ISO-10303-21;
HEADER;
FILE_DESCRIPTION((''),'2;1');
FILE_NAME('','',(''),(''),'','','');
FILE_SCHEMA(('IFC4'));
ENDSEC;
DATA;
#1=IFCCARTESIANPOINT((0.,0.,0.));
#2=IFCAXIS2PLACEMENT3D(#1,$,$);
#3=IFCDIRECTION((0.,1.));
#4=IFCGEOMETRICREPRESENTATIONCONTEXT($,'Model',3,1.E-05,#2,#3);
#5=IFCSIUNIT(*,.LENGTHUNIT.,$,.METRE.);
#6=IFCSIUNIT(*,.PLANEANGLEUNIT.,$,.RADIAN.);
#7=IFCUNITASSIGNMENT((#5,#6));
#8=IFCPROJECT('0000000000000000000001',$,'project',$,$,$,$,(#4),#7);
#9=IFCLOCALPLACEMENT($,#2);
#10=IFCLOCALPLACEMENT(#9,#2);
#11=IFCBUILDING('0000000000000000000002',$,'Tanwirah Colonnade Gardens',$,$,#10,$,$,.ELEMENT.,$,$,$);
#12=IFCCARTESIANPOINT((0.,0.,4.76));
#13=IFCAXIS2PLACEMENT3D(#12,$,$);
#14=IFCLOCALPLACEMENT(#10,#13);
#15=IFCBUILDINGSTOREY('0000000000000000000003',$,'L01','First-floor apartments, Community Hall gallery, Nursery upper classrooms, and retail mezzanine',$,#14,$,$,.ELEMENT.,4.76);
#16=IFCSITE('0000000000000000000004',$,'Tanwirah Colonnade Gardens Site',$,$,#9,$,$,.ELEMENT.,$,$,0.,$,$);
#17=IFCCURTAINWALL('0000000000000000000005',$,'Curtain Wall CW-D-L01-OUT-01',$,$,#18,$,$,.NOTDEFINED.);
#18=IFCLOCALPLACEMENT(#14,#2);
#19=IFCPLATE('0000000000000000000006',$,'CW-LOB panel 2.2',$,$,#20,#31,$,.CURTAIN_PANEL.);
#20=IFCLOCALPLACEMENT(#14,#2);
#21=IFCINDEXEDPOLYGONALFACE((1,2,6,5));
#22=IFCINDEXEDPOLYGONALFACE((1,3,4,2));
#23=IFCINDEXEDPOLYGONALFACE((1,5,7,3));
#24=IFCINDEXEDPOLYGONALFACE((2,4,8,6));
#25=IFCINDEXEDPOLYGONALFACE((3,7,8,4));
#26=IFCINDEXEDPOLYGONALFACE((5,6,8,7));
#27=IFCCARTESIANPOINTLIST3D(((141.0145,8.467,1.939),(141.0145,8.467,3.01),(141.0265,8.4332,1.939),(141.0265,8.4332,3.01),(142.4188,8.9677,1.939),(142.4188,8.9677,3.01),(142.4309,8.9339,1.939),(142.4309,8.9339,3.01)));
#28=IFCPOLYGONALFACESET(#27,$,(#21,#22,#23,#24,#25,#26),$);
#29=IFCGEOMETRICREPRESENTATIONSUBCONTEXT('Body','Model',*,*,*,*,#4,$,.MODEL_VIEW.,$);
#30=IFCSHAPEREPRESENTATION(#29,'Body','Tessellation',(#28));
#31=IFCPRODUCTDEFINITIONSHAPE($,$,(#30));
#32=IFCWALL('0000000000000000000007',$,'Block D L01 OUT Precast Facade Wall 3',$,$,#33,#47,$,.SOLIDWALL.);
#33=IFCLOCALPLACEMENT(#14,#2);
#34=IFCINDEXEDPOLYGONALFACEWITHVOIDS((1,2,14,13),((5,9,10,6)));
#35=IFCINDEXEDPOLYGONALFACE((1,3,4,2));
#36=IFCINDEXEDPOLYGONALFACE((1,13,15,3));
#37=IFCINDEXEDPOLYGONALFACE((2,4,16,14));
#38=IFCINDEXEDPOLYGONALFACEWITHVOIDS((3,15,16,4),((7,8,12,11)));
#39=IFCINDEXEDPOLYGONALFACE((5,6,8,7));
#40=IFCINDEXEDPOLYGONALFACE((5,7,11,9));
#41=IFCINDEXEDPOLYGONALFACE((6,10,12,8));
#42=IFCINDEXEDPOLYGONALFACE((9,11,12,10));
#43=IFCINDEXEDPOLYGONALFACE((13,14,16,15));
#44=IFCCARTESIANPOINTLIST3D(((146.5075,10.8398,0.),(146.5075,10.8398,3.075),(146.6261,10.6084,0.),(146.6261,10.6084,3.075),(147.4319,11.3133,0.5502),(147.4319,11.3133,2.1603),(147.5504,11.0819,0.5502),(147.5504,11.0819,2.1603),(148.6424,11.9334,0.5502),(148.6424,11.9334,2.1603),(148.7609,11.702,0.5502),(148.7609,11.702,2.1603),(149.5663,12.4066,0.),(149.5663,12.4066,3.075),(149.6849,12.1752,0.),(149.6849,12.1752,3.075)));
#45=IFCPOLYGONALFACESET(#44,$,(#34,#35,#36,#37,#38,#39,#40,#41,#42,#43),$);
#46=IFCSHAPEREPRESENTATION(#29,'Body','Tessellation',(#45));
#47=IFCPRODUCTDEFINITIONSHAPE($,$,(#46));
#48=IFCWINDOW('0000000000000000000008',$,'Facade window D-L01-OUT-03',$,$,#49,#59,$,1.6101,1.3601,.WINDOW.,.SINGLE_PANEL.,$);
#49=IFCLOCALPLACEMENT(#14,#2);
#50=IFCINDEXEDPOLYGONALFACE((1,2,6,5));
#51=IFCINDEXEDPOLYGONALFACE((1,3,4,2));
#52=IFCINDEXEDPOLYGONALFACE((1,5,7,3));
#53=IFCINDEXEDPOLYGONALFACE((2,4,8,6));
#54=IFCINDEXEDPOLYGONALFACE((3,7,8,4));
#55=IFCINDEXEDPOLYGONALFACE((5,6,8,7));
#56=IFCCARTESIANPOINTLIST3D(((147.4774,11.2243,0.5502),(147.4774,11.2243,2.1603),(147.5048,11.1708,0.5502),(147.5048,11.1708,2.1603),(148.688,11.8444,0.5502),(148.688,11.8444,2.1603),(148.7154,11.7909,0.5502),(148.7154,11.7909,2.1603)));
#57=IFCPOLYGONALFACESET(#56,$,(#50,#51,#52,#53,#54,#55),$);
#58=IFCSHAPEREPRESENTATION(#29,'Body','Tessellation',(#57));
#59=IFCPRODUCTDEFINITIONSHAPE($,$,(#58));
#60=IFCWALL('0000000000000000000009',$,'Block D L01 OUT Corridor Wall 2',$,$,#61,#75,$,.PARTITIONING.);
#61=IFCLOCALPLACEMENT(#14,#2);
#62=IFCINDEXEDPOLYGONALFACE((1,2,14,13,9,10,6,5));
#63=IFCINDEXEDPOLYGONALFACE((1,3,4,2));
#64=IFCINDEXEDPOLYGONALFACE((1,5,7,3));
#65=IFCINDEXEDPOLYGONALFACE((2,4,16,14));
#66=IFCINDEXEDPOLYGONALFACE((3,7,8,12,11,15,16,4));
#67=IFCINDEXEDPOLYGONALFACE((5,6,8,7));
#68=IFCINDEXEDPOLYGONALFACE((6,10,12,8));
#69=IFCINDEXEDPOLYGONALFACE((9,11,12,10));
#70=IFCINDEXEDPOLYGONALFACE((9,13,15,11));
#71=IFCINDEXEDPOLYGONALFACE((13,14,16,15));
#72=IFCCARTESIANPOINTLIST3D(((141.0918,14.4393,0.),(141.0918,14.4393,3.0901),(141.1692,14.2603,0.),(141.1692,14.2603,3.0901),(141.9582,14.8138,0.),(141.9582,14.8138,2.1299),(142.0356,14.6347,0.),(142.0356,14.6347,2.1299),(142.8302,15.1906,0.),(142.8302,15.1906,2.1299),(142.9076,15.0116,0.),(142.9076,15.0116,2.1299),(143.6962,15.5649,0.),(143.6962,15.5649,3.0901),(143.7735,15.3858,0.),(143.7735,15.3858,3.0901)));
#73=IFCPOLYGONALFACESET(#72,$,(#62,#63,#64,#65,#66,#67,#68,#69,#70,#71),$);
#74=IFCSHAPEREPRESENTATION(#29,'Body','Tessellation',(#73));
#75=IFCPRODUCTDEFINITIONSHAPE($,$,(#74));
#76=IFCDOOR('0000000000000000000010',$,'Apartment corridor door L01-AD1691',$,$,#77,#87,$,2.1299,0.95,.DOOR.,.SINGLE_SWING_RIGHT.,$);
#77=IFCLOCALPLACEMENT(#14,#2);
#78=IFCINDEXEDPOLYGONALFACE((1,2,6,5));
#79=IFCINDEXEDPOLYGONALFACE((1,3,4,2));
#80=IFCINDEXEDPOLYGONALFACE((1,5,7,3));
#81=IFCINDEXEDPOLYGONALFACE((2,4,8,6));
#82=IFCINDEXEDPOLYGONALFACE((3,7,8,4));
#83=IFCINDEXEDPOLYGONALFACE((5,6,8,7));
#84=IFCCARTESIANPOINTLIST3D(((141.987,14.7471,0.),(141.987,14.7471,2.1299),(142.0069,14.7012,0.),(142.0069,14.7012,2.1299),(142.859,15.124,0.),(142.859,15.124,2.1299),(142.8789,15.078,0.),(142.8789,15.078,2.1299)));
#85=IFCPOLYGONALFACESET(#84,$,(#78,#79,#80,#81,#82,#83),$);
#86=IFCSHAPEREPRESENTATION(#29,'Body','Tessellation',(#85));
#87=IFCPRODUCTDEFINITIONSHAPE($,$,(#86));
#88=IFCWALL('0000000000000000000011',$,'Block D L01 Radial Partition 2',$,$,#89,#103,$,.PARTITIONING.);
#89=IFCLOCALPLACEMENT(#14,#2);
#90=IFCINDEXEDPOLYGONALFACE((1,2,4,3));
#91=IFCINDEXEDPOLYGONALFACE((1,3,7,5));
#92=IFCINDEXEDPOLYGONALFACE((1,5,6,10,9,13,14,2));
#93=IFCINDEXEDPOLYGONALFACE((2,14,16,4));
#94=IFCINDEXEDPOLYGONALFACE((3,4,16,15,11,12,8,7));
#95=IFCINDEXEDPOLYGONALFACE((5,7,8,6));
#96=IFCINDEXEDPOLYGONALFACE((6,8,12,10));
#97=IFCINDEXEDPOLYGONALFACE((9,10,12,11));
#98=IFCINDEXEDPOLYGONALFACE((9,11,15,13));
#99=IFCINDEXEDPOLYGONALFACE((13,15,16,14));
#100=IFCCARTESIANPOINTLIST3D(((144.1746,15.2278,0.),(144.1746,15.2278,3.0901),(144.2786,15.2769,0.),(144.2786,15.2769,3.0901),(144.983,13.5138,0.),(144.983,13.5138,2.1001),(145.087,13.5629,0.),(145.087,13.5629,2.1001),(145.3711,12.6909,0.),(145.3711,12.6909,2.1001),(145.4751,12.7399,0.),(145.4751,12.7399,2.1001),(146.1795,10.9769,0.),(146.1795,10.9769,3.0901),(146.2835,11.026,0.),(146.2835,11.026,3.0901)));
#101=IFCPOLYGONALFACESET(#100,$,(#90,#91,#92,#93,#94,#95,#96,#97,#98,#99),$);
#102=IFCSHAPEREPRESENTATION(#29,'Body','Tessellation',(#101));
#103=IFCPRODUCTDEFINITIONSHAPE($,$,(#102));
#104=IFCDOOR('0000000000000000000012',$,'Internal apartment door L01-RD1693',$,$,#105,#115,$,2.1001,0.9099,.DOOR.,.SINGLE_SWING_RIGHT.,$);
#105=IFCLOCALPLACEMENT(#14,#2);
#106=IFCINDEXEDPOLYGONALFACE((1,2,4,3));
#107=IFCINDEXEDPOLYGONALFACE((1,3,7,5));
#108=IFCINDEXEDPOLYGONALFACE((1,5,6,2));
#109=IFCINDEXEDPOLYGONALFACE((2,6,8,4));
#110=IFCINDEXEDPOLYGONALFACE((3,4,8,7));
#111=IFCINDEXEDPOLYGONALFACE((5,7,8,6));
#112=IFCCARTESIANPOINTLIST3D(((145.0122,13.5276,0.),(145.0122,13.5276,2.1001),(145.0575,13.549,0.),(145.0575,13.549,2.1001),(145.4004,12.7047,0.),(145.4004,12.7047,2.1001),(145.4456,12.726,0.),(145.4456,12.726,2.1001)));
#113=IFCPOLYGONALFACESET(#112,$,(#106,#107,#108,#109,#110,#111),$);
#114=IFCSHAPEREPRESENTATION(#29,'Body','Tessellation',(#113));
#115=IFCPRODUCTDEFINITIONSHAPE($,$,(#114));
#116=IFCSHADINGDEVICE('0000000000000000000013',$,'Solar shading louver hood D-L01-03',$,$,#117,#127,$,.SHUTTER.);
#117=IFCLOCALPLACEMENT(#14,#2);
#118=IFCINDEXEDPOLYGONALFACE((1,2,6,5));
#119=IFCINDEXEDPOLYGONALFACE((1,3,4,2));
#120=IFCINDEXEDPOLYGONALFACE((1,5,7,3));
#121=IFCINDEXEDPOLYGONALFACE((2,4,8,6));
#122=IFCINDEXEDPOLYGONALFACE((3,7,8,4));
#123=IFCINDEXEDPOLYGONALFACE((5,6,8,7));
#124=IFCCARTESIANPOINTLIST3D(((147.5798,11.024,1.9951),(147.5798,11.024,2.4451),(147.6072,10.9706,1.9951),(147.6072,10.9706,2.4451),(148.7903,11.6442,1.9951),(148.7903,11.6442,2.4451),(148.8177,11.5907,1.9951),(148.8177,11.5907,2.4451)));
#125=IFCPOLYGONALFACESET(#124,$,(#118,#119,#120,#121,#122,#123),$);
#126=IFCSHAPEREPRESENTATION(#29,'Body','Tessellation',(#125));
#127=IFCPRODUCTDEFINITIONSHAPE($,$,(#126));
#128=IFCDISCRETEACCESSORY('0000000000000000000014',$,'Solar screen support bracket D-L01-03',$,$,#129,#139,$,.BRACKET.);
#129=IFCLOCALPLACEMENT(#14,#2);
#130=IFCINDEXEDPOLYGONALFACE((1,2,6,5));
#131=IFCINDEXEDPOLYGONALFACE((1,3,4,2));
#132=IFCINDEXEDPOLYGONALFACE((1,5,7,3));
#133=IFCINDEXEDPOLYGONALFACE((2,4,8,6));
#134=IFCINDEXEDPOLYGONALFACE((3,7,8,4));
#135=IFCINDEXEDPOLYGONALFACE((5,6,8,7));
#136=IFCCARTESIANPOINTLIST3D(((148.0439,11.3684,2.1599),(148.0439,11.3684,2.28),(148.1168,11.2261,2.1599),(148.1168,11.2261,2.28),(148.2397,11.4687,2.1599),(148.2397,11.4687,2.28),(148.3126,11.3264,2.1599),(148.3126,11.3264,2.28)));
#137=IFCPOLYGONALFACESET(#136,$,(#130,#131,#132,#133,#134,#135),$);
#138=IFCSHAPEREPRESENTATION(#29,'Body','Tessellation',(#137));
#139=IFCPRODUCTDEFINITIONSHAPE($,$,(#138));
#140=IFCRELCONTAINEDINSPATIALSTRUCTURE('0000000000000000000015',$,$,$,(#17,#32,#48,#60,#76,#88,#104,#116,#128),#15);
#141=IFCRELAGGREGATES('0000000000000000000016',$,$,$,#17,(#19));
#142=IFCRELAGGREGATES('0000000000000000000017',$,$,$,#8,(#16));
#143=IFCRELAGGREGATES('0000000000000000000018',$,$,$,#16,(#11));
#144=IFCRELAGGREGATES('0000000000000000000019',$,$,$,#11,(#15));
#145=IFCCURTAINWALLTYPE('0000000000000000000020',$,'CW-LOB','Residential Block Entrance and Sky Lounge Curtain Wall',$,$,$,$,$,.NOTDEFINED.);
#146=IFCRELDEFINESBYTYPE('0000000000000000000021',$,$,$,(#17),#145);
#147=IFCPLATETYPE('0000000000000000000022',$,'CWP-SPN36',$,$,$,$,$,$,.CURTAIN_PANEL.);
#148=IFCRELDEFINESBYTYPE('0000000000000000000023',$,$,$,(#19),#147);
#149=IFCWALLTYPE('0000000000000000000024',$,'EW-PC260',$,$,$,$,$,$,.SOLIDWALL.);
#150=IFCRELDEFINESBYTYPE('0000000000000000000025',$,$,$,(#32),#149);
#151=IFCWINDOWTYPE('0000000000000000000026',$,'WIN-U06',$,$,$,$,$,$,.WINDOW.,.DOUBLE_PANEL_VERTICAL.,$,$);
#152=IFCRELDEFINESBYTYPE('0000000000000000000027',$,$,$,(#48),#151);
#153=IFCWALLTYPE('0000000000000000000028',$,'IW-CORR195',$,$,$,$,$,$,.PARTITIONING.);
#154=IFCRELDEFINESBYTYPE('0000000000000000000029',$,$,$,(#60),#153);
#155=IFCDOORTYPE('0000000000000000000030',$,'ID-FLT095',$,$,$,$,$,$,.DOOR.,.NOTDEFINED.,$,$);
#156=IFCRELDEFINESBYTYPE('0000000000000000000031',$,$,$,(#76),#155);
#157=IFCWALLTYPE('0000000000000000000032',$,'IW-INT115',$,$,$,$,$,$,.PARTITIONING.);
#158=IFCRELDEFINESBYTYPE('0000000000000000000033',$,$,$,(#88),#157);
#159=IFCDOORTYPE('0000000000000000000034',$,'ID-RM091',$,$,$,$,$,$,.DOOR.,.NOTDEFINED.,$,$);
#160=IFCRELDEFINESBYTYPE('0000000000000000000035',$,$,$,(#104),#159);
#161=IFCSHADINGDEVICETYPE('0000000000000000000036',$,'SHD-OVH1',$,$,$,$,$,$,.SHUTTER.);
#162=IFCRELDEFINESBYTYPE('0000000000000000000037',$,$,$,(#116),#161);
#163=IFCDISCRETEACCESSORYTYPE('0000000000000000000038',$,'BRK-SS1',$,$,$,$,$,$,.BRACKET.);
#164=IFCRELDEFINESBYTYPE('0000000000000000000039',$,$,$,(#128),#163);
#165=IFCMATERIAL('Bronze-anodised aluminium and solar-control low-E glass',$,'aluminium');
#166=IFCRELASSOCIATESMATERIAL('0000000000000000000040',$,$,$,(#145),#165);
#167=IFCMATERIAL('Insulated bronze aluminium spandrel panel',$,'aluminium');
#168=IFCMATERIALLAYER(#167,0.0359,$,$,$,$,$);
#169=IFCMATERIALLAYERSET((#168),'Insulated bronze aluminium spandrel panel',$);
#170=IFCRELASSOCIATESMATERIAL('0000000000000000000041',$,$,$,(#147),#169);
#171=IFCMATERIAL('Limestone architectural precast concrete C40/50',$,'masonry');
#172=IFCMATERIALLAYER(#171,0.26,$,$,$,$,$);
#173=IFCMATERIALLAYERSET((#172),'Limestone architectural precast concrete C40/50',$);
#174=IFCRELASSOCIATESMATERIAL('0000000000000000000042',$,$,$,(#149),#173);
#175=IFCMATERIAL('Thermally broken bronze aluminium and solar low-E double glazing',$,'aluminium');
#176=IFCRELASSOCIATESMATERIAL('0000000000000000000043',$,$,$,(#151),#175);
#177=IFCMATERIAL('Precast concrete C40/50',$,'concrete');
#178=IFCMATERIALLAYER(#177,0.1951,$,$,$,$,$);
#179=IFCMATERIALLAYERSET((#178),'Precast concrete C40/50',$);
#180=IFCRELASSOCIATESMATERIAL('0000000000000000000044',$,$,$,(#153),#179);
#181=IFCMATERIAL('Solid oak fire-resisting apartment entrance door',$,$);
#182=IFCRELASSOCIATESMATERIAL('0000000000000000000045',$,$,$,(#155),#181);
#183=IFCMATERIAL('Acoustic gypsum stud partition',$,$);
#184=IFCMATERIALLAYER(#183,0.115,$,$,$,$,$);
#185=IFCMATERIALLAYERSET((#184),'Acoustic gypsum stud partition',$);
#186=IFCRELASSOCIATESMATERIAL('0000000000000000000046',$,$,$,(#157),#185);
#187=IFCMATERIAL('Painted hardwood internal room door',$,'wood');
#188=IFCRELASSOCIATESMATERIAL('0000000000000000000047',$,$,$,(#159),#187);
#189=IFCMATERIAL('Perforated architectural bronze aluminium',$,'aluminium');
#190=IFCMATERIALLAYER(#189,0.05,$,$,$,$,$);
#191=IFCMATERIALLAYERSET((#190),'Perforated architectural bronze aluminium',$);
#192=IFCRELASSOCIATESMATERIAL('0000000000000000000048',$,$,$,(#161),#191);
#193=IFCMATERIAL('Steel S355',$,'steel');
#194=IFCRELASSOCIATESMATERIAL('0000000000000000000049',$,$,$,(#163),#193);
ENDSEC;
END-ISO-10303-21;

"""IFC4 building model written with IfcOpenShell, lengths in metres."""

from ifc_helpers import new_model, si_unit, direction, frame, frame_2d, origin, origin_2d, place, context, subcontext, project, spatial, rectangle, extrude, material, layer, layer_set, type_object, element, fill, aggregate, save


model = new_model("IFC4")

# Units and contexts
model_context = context("Model", 3, precision=1e-05, world=origin(), true_north=direction((0.0, 1.0)))
body_context = subcontext(model_context, "Body", "Model", "MODEL_VIEW")
ifc_project = project(units=[si_unit("LENGTHUNIT", "METRE"), si_unit("PLANEANGLEUNIT", "RADIAN")], contexts=[model_context])

# Site, building, storey
site_placement = place(None, origin())
site = spatial("IfcSite", under=ifc_project, at=site_placement, Name="Tanwirah Colonnade Gardens Site", CompositionType="ELEMENT", RefElevation=0.0)
building_placement = place(site_placement, origin())
building = spatial("IfcBuilding", under=site, at=building_placement, Name="Tanwirah Colonnade Gardens", CompositionType="ELEMENT")
storey_placement = place(building_placement, frame((0.0, 0.0, 4.76)))
storey = spatial("IfcBuildingStorey", under=building, at=storey_placement, Name="L01", Description="First-floor apartments, Community Hall gallery, Nursery upper classrooms, and retail mezzanine", CompositionType="ELEMENT", Elevation=4.76)

# Curtain wall
ifc_material_1 = material(Name="Bronze-anodised aluminium and solar-control low-E glass", Category="aluminium")
curtain_wall_type = type_object("IfcCurtainWallType", Name="CW-LOB", Description="Residential Block Entrance and Sky Lounge Curtain Wall", PredefinedType="NOTDEFINED", material=ifc_material_1)
curtain_wall_placement = place(storey_placement, origin())
curtain_wall = element("IfcCurtainWall", 1, at=curtain_wall_placement, inside=storey, type_object=curtain_wall_type, Name="Curtain Wall CW-D-L01-OUT-01", PredefinedType="NOTDEFINED")

# Shared definitions
ifc_material_2 = material(Name="Precast concrete C40/50", Category="concrete")

# Plate
ifc_material_3 = material(Name="Insulated bronze aluminium spandrel panel", Category="aluminium")
ifc_layer_1 = layer(ifc_material_3, 0.0359)
ifc_layer_set_1 = layer_set([ifc_layer_1], Name="Insulated bronze aluminium spandrel panel")
plate_type = type_object("IfcPlateType", Name="CWP-SPN36", PredefinedType="CURTAIN_PANEL", material=ifc_layer_set_1)
plate_1_placement = place(storey_placement, frame((141.7227, 8.7004, 1.939), z_axis=(0.0, 0.0, 1.0), x_axis=(0.941911, 0.335862, 0.0)))
plate_1 = element("IfcPlate", 2, at=plate_1_placement, type_object=plate_type, Name="CW-LOB panel 2.2", PredefinedType="CURTAIN_PANEL", context=body_context, shape_type="SweptSolid", body=[
    extrude(rectangle(XDim=1.491, YDim=0.0359, at=origin_2d()), origin(), (0.0, 0.0, 1.0), 1.071),
])
aggregate(curtain_wall, [plate_1])

# Shared definitions
ifc_material_4 = material(Name="Limestone architectural precast concrete C40/50", Category="masonry")
ifc_layer_2 = layer(ifc_material_4, 0.26)
ifc_layer_set_2 = layer_set([ifc_layer_2], Name="Limestone architectural precast concrete C40/50")
wall_type_1 = type_object("IfcWallType", Name="EW-PC260", PredefinedType="SOLIDWALL", material=ifc_layer_set_2)

# Wall, opening, window
wall_1_placement = place(storey_placement, frame((146.5669, 10.7241, 0.0), z_axis=(0.0, 0.0, 1.0), x_axis=(0.890023, 0.455916, 0.0)))
wall_1 = element("IfcWall", 3, at=wall_1_placement, inside=storey, type_object=wall_type_1, Name="Block D L01 OUT Precast Facade Wall 3", PredefinedType="SOLIDWALL", context=body_context, shape_type="SweptSolid", body=[
    extrude(rectangle(XDim=3.4368, YDim=0.26, at=frame_2d((1.7183, 0.0))), origin(), (0.0, 0.0, 1.0), 3.075),
])
opening_1_placement = place(wall_1_placement, frame((1.0383, 0.0, 0.55)))
opening_1 = element("IfcOpeningElement", 4, at=opening_1_placement, cuts=wall_1, PredefinedType="OPENING", context=body_context, shape_type="SweptSolid", body=[
    extrude(rectangle(XDim=1.3601, YDim=1.6101, at=frame_2d((0.6802, 0.8052))), frame((0.0, 0.1399, 0.0), z_axis=(0.0, -1.0, 0.0), x_axis=(1.0, 0.0, 0.0)), (0.0, 0.0, 1.0), 0.28),
])
ifc_material_5 = material(Name="Thermally broken bronze aluminium and solar low-E double glazing", Category="aluminium")
window_type = type_object("IfcWindowType", Name="WIN-U06", PartitioningType="DOUBLE_PANEL_VERTICAL", PredefinedType="WINDOW", material=ifc_material_5)
window_placement = place(opening_1_placement, origin())
window = element("IfcWindow", 5, at=window_placement, inside=storey, type_object=window_type, Name="Facade window D-L01-OUT-03", OverallHeight=1.6101, OverallWidth=1.3601, PartitioningType="SINGLE_PANEL", PredefinedType="WINDOW", context=body_context, shape_type="SweptSolid", body=[
    extrude(rectangle(XDim=1.3601, YDim=1.6101, at=frame_2d((0.6802, 0.8052))), frame((0.0, 0.03, 0.0), z_axis=(0.0, -1.0, 0.0), x_axis=(1.0, 0.0, 0.0)), (0.0, 0.0, 1.0), 0.0601),
])
fill(opening_1, window)

# Walls, openings, doors
ifc_layer_3 = layer(ifc_material_2, 0.1951)
ifc_layer_set_3 = layer_set([ifc_layer_3], Name="Precast concrete C40/50")
wall_type_2 = type_object("IfcWallType", Name="IW-CORR195", PredefinedType="PARTITIONING", material=ifc_layer_set_3)
wall_2_placement = place(storey_placement, frame((141.1306, 14.3499, 0.0), z_axis=(0.0, 0.0, 1.0), x_axis=(0.917943, 0.396711, 0.0)))
wall_2 = element("IfcWall", 6, at=wall_2_placement, inside=storey, type_object=wall_type_2, Name="Block D L01 OUT Corridor Wall 2", PredefinedType="PARTITIONING", context=body_context, shape_type="SweptSolid", body=[
    extrude(rectangle(XDim=2.8372, YDim=0.1951, at=frame_2d((1.4185, 0.0))), origin(), (0.0, 0.0, 1.0), 3.0901),
])
opening_2_placement = place(wall_2_placement, frame((0.9436, 0.0, 0.0)))
opening_2 = element("IfcOpeningElement", 7, at=opening_2_placement, cuts=wall_2, PredefinedType="OPENING", context=body_context, shape_type="SweptSolid", body=[
    extrude(rectangle(XDim=0.95, YDim=2.1299, at=frame_2d((0.4751, 1.0649))), frame((0.0, 0.1074, 0.0), z_axis=(0.0, -1.0, 0.0), x_axis=(1.0, 0.0, 0.0)), (0.0, 0.0, 1.0), 0.2151),
])
ifc_material_6 = material(Name="Solid oak fire-resisting apartment entrance door")
door_type_1 = type_object("IfcDoorType", Name="ID-FLT095", OperationType="NOTDEFINED", PredefinedType="DOOR", material=ifc_material_6)
door_1_placement = place(opening_2_placement, origin())
door_1 = element("IfcDoor", 8, at=door_1_placement, inside=storey, type_object=door_type_1, Name="Apartment corridor door L01-AD1691", OperationType="SINGLE_SWING_RIGHT", OverallHeight=2.1299, OverallWidth=0.95, PredefinedType="DOOR", context=body_context, shape_type="SweptSolid", body=[
    extrude(rectangle(XDim=0.95, YDim=2.1299, at=frame_2d((0.4751, 1.0649))), frame((0.0, 0.0249, 0.0), z_axis=(0.0, -1.0, 0.0), x_axis=(1.0, 0.0, 0.0)), (0.0, 0.0, 1.0), 0.05),
])
fill(opening_2, door_1)
ifc_material_7 = material(Name="Acoustic gypsum stud partition")
ifc_layer_4 = layer(ifc_material_7, 0.115)
ifc_layer_set_4 = layer_set([ifc_layer_4], Name="Acoustic gypsum stud partition")
wall_type_3 = type_object("IfcWallType", Name="IW-INT115", PredefinedType="PARTITIONING", material=ifc_layer_set_4)
wall_3_placement = place(storey_placement, frame((144.2266, 15.2524, 0.0), z_axis=(0.0, 0.0, 1.0), x_axis=(0.426567, -0.904456, 0.0)))
wall_3 = element("IfcWall", 9, at=wall_3_placement, inside=storey, type_object=wall_type_3, Name="Block D L01 Radial Partition 2", PredefinedType="PARTITIONING", context=body_context, shape_type="SweptSolid", body=[
    extrude(rectangle(XDim=4.7, YDim=0.115, at=frame_2d((2.3501, 0.0))), origin(), (0.0, 0.0, 1.0), 3.0901),
])
opening_3_placement = place(wall_3_placement, frame((1.895, 0.0, 0.0)))
opening_3 = element("IfcOpeningElement", 10, at=opening_3_placement, cuts=wall_3, PredefinedType="OPENING", context=body_context, shape_type="SweptSolid", body=[
    extrude(rectangle(XDim=0.9099, YDim=2.1001, at=frame_2d((0.4551, 1.05))), frame((0.0, 0.0674, 0.0), z_axis=(0.0, -1.0, 0.0), x_axis=(1.0, 0.0, 0.0)), (0.0, 0.0, 1.0), 0.135),
])
ifc_material_8 = material(Name="Painted hardwood internal room door", Category="wood")
door_type_2 = type_object("IfcDoorType", Name="ID-RM091", OperationType="NOTDEFINED", PredefinedType="DOOR", material=ifc_material_8)
door_2_placement = place(opening_3_placement, origin())
door_2 = element("IfcDoor", 11, at=door_2_placement, inside=storey, type_object=door_type_2, Name="Internal apartment door L01-RD1693", OperationType="SINGLE_SWING_RIGHT", OverallHeight=2.1001, OverallWidth=0.9099, PredefinedType="DOOR", context=body_context, shape_type="SweptSolid", body=[
    extrude(rectangle(XDim=0.9099, YDim=2.1001, at=frame_2d((0.4551, 1.05))), frame((0.0, 0.0249, 0.0), z_axis=(0.0, -1.0, 0.0), x_axis=(1.0, 0.0, 0.0)), (0.0, 0.0, 1.0), 0.05),
])
fill(opening_3, door_2)

# Shading device
ifc_material_9 = material(Name="Perforated architectural bronze aluminium", Category="aluminium")
ifc_layer_5 = layer(ifc_material_9, 0.05)
ifc_layer_set_5 = layer_set([ifc_layer_5], Name="Perforated architectural bronze aluminium")
shading_device_type = type_object("IfcShadingDeviceType", Name="SHD-OVH1", PredefinedType="SHUTTER", material=ifc_layer_set_5)
shading_device_placement = place(storey_placement, frame((148.1987, 11.3074, 1.9951), z_axis=(0.0, 0.0, 1.0), x_axis=(0.890014, 0.455933, 0.0)))
element("IfcShadingDevice", 12, at=shading_device_placement, inside=storey, type_object=shading_device_type, Name="Solar shading louver hood D-L01-03", PredefinedType="SHUTTER", context=body_context, shape_type="SweptSolid", body=[
    extrude(rectangle(XDim=1.3601, YDim=0.0601, at=origin_2d()), origin(), (0.0, 0.0, 1.0), 0.45),
])

# Discrete accessory
ifc_material_10 = material(Name="Steel S355", Category="steel")
discrete_accessory_type = type_object("IfcDiscreteAccessoryType", Name="BRK-SS1", PredefinedType="BRACKET", material=ifc_material_10)
discrete_accessory_placement = place(storey_placement, frame((148.1782, 11.3474, 2.1599), z_axis=(0.0, 0.0, 1.0), x_axis=(0.890014, 0.455933, 0.0)))
element("IfcDiscreteAccessory", 13, at=discrete_accessory_placement, inside=storey, type_object=discrete_accessory_type, Name="Solar screen support bracket D-L01-03", PredefinedType="BRACKET", context=body_context, shape_type="SweptSolid", body=[
    extrude(rectangle(XDim=0.22, YDim=0.1599, at=origin_2d()), origin(), (0.0, 0.0, 1.0), 0.1201),
])

save(model, "model.ifc")
